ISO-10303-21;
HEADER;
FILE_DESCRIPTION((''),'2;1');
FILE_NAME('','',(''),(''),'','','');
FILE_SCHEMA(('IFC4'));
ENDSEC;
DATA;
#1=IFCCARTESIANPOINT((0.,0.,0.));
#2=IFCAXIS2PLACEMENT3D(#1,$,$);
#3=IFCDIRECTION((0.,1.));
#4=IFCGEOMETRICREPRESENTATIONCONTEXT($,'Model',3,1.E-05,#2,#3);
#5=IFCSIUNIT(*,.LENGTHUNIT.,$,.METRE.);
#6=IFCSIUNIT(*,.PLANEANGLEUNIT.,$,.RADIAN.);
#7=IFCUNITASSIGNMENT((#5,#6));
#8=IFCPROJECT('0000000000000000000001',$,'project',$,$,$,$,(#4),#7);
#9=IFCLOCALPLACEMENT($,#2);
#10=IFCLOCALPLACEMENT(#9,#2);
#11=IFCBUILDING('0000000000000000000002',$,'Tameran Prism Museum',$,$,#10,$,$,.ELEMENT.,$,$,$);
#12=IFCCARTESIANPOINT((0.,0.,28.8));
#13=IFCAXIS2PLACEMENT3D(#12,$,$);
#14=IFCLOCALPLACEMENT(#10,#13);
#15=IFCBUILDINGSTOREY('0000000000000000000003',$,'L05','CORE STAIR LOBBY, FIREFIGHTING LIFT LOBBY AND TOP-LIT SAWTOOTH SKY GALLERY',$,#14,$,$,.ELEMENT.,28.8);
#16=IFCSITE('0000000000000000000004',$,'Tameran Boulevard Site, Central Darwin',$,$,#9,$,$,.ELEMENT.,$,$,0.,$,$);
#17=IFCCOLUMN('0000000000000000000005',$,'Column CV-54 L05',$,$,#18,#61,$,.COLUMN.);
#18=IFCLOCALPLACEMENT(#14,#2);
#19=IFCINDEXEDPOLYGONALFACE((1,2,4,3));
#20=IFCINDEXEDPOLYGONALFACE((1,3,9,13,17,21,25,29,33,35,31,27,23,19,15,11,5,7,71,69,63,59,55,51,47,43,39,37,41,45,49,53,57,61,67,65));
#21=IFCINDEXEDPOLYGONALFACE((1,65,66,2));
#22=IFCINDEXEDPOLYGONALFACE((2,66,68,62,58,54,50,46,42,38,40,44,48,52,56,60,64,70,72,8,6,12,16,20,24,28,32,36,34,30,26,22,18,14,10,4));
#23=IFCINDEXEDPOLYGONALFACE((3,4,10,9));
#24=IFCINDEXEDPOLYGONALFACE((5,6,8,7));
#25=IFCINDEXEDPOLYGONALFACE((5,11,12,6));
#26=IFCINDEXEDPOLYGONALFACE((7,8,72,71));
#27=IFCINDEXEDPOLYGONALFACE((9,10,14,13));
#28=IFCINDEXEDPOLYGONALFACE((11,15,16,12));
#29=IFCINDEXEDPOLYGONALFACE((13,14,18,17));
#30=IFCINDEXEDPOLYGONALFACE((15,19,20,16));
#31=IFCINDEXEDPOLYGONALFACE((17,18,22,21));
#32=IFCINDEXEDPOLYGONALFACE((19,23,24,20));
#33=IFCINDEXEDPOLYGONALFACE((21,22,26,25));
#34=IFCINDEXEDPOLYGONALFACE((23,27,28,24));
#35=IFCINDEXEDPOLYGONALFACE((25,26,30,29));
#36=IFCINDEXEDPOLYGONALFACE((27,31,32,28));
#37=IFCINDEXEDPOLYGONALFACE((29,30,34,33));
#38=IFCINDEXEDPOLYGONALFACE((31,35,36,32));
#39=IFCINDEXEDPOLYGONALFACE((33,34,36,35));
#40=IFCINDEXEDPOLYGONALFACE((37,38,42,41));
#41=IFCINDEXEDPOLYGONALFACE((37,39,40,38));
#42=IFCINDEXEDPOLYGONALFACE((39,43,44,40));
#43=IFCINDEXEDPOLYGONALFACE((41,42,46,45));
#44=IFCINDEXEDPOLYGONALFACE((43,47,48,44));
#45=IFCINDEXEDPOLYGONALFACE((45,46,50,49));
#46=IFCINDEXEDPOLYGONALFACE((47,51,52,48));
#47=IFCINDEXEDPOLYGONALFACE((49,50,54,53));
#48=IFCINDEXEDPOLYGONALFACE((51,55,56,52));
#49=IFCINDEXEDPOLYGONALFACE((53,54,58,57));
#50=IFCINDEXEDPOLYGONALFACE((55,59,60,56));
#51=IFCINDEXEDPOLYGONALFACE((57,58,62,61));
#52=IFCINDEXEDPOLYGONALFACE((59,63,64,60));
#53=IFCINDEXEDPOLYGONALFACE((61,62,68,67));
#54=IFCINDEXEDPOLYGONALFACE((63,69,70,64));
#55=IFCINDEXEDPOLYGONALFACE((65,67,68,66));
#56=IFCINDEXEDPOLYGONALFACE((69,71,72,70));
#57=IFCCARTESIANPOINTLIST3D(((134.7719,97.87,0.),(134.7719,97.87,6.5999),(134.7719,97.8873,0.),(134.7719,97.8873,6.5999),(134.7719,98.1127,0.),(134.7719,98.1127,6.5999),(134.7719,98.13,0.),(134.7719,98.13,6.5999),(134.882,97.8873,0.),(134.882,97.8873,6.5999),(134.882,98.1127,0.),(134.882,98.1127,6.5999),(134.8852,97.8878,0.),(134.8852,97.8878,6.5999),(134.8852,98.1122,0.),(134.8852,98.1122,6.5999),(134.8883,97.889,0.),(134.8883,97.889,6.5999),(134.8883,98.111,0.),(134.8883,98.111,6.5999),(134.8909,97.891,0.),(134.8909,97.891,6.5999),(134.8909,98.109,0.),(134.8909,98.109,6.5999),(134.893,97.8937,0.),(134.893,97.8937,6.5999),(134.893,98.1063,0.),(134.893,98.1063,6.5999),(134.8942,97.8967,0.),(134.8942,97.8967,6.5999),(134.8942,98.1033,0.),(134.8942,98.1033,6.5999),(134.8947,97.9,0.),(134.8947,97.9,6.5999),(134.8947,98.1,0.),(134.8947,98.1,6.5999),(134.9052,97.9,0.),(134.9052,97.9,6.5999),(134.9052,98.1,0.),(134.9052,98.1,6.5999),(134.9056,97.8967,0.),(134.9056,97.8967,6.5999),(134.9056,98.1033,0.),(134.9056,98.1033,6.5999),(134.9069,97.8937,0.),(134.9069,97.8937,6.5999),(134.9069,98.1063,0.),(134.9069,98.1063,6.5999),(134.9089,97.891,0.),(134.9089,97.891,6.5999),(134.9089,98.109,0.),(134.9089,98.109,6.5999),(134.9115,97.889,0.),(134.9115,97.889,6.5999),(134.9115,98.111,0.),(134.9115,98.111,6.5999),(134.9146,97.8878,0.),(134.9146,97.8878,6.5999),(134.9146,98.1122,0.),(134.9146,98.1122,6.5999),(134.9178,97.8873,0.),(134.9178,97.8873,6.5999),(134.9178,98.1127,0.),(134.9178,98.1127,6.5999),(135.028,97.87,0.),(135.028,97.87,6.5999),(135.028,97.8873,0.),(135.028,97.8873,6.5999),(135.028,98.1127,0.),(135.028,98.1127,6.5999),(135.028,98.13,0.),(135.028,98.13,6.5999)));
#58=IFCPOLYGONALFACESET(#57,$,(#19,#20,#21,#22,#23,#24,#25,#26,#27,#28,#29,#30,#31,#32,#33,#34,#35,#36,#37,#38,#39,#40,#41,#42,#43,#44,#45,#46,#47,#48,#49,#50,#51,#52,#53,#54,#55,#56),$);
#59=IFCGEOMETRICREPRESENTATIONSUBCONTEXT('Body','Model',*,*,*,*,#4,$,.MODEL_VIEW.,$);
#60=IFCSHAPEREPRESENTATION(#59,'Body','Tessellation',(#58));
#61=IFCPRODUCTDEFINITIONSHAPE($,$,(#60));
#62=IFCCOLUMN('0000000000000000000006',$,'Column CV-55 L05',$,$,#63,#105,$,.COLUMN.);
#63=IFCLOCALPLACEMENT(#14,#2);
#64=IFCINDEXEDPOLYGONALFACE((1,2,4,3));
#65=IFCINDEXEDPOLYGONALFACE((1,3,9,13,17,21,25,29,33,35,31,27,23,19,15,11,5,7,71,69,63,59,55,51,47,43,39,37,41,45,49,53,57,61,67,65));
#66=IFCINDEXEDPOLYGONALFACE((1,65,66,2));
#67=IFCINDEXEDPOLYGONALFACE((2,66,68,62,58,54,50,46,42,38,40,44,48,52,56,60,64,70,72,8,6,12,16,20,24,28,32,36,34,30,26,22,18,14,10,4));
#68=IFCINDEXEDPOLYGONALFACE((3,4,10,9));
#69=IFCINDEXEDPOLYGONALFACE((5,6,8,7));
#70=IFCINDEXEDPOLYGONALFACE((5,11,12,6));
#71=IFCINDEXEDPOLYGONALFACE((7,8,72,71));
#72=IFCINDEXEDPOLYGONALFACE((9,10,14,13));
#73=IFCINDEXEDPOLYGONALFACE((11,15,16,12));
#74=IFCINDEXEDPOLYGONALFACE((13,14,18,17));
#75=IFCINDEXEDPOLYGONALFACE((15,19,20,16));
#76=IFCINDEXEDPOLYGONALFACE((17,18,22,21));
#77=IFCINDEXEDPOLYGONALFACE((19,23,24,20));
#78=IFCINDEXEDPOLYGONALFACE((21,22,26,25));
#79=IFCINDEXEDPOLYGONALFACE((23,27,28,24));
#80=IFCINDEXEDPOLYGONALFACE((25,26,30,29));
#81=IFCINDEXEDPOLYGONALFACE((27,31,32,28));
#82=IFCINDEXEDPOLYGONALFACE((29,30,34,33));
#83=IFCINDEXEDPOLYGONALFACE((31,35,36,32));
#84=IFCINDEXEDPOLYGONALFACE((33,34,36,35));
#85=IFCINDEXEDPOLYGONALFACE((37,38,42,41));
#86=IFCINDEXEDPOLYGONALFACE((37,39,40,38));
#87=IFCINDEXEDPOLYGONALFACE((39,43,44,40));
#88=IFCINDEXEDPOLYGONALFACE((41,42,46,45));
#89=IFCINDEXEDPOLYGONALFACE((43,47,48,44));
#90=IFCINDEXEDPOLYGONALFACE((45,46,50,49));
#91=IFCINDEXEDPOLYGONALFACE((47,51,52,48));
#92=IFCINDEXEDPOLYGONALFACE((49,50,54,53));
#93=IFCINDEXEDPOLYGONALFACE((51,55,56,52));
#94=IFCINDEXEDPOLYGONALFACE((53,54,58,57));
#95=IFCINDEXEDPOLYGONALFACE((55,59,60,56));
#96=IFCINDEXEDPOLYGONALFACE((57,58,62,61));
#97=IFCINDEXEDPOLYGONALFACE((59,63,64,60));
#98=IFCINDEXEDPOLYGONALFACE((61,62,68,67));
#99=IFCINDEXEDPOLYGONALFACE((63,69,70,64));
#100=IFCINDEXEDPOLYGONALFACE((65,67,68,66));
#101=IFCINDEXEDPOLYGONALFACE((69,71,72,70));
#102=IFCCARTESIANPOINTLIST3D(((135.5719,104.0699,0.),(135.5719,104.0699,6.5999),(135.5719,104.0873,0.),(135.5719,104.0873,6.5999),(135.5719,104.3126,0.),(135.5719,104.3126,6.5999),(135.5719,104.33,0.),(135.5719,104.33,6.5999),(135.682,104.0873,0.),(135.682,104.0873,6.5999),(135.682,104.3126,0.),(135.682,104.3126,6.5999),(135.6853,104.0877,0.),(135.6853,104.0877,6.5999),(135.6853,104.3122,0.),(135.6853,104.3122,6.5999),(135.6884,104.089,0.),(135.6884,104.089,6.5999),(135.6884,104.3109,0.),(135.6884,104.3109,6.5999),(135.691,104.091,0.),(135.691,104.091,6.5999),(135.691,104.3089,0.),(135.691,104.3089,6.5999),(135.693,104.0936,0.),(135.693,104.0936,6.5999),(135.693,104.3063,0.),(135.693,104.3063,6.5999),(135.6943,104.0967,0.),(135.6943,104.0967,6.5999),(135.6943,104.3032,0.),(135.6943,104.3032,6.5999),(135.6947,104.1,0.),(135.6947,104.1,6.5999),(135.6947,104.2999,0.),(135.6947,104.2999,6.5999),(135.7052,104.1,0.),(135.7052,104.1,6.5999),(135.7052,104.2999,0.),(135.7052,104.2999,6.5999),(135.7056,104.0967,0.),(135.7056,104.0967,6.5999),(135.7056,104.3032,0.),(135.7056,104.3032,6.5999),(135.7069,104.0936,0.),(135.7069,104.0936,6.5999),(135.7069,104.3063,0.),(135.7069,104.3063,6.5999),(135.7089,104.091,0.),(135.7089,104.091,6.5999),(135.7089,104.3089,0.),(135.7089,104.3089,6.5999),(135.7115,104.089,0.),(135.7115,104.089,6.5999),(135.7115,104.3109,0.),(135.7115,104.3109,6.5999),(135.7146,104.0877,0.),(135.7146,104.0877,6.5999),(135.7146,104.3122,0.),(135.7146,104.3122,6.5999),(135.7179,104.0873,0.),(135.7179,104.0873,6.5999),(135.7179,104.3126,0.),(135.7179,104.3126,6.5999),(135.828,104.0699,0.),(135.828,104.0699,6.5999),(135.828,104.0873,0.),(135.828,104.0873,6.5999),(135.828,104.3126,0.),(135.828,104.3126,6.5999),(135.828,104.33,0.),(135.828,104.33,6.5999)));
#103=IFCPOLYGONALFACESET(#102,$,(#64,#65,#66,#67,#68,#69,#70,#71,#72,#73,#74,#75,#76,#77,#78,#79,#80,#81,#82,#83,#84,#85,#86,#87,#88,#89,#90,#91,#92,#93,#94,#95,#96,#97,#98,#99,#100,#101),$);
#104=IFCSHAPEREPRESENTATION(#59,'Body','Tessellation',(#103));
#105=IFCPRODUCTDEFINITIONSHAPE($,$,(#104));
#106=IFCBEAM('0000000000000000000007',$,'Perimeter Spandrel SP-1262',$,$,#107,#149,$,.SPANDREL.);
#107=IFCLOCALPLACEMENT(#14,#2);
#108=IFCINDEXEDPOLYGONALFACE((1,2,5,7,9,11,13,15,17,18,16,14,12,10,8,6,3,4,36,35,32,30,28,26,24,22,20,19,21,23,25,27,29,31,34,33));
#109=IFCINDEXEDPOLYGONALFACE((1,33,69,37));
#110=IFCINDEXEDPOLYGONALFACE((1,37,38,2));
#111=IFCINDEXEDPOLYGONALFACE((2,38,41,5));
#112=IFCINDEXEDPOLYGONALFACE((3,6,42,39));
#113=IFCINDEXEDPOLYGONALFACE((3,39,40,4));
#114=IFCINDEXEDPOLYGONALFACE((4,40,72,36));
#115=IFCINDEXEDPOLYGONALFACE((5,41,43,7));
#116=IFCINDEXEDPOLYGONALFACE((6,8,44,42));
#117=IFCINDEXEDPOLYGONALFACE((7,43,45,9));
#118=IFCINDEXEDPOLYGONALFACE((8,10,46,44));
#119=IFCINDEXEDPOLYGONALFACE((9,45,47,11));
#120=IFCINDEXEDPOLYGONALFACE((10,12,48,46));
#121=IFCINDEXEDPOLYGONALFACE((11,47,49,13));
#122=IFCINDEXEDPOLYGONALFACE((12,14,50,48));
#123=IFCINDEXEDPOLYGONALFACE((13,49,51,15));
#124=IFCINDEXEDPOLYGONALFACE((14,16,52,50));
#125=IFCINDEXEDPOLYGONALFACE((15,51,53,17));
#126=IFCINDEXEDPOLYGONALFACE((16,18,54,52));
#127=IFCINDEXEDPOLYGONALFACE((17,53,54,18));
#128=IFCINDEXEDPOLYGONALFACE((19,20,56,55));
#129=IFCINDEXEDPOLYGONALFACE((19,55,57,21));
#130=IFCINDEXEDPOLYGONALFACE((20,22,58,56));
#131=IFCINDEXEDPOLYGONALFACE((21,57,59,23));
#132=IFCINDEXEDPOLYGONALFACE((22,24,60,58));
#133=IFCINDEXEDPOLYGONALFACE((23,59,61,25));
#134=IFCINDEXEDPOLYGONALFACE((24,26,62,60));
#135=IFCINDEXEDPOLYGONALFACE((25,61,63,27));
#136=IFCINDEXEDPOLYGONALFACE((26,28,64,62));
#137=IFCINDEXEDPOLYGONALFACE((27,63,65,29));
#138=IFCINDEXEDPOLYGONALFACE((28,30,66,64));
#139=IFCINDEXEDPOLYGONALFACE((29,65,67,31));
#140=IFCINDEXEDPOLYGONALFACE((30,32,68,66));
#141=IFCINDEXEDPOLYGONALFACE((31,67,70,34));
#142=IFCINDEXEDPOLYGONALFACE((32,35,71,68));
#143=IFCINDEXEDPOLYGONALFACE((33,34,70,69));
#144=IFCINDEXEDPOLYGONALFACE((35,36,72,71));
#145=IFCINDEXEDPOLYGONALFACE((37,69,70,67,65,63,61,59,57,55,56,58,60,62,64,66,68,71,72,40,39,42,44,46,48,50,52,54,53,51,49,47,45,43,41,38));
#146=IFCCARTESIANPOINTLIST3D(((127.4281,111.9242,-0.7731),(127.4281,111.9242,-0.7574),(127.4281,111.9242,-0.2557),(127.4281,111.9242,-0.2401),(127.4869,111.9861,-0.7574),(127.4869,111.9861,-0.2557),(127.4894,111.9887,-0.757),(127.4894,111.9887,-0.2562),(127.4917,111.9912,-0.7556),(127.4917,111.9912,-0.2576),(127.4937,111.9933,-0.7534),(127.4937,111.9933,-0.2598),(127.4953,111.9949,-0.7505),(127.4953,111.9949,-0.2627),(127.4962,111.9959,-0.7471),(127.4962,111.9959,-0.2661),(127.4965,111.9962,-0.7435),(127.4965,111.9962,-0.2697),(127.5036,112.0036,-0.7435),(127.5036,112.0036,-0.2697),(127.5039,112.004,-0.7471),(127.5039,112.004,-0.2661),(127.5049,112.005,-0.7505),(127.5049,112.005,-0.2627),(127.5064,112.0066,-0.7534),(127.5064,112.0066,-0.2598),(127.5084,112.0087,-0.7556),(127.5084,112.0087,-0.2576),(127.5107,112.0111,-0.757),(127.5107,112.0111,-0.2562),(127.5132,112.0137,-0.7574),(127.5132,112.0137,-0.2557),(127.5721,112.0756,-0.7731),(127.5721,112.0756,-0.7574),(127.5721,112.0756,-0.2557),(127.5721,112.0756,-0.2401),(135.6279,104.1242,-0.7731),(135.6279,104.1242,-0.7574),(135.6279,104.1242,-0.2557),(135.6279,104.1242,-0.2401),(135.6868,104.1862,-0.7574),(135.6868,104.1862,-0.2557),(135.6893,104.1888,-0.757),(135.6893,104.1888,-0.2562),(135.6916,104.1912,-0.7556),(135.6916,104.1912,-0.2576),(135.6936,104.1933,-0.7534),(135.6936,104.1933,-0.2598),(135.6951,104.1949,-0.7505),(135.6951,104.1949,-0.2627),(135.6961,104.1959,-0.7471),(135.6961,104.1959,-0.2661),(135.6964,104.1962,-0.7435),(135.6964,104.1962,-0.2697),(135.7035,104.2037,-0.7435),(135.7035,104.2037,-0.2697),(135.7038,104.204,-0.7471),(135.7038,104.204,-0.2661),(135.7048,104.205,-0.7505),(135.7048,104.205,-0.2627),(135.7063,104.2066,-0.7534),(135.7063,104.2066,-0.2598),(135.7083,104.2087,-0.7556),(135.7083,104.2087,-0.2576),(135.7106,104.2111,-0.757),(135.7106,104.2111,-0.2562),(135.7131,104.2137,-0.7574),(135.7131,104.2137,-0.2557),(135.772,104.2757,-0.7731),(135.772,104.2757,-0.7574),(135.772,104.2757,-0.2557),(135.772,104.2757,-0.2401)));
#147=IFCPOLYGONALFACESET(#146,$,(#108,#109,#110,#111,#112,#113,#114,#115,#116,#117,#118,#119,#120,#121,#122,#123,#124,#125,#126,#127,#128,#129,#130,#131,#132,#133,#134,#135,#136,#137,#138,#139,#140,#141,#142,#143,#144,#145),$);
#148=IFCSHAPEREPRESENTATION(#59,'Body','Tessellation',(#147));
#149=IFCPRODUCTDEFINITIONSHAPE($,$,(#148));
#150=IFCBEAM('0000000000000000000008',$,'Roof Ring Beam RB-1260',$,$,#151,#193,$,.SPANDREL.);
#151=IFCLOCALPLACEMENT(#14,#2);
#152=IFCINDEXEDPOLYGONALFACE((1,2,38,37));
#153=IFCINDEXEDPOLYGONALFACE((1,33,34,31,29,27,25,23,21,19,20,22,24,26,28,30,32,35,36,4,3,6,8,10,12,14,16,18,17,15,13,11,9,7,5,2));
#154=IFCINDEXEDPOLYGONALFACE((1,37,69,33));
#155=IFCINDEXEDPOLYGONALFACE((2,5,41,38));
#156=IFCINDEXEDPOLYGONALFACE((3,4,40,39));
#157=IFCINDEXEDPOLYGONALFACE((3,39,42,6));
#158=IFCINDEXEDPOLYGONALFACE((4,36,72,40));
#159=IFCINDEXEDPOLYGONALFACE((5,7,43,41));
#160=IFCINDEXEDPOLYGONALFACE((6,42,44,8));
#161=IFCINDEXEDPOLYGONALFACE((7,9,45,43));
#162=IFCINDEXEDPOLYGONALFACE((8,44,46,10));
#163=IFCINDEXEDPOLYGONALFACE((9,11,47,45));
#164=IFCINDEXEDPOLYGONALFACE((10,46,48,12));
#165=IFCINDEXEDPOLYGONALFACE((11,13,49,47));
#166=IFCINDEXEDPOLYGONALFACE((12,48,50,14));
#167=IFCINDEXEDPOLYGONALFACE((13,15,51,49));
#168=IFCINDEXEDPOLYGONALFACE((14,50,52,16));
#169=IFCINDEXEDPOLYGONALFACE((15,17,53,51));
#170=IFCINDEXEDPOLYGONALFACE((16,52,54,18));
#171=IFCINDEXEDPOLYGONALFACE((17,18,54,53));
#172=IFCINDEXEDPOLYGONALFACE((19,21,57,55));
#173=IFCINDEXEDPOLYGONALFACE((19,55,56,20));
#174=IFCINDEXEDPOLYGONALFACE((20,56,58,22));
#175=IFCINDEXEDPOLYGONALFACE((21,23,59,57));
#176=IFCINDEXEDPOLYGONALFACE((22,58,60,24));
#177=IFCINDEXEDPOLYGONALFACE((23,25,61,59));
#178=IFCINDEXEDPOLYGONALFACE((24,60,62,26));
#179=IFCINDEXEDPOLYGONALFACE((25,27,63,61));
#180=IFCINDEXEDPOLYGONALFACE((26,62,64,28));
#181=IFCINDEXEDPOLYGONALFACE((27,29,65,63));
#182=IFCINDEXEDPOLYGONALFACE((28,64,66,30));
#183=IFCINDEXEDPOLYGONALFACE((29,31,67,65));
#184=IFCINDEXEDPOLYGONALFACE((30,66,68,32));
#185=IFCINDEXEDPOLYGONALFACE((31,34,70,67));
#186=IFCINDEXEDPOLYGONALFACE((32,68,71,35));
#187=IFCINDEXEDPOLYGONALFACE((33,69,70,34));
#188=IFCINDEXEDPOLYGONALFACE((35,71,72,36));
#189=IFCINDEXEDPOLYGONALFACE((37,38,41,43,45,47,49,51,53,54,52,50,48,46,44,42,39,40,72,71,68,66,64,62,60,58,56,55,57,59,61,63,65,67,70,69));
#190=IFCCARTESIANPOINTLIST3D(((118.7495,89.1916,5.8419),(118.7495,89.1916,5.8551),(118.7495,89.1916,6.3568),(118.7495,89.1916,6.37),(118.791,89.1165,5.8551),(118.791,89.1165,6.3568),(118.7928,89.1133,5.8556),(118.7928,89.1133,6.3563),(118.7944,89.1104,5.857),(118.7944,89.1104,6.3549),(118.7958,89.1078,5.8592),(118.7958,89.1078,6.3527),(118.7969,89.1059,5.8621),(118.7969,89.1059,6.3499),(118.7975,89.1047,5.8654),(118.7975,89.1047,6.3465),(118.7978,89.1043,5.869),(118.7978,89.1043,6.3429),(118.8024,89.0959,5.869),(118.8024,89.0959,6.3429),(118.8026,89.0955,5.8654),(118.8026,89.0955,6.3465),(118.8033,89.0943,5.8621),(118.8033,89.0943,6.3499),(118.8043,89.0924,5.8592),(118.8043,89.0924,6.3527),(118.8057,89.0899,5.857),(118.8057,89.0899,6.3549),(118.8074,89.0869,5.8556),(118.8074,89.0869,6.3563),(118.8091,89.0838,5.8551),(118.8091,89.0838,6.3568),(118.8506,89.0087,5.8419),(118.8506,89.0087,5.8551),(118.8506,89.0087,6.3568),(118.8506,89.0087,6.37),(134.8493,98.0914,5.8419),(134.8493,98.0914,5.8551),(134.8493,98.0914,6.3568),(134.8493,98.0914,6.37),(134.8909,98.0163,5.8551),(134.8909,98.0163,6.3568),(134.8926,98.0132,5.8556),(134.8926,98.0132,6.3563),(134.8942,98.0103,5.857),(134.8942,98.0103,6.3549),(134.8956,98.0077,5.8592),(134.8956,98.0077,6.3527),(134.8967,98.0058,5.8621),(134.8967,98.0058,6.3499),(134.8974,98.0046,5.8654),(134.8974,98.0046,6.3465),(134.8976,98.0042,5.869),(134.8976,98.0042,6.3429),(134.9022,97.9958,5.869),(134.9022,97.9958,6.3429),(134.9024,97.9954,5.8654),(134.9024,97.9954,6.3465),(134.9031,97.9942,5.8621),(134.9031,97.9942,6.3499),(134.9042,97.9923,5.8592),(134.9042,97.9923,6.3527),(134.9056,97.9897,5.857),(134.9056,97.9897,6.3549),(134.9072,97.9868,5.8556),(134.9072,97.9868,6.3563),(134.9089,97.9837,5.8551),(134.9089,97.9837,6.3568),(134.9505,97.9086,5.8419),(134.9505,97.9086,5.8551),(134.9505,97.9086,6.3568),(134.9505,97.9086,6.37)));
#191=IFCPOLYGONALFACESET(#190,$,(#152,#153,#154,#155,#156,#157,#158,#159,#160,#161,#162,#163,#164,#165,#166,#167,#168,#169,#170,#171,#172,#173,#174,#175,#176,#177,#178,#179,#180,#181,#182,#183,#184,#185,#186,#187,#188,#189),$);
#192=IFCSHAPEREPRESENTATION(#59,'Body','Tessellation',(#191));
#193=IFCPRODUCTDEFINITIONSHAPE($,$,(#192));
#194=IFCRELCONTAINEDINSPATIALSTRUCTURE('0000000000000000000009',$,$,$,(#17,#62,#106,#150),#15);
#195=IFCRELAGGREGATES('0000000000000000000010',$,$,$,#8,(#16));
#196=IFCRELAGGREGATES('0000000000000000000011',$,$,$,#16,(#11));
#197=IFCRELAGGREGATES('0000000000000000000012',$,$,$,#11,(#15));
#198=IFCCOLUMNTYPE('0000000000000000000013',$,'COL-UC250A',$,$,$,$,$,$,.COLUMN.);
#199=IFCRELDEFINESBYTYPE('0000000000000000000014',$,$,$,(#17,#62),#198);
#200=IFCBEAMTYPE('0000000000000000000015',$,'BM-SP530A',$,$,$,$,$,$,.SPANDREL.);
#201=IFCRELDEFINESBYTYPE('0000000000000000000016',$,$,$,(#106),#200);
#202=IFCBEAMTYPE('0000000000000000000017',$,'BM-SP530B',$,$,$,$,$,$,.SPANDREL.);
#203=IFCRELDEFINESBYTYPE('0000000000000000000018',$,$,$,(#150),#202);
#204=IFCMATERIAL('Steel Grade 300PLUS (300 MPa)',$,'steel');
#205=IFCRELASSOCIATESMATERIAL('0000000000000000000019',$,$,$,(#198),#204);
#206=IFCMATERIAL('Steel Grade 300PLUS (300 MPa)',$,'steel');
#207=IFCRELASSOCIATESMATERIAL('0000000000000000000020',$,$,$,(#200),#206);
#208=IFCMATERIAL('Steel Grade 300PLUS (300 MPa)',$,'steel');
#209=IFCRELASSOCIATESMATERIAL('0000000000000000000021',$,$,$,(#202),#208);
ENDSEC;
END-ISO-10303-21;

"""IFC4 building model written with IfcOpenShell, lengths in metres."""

from ifc_helpers import new_model, si_unit, direction, frame, origin, origin_2d, place, context, subcontext, project, spatial, i_section, extrude, material, material_profile, profile_set, type_object, element, save


model = new_model("IFC4")

# Units and contexts
model_context = context("Model", 3, precision=1e-05, world=origin(), true_north=direction((0.0, 1.0)))
body_context = subcontext(model_context, "Body", "Model", "MODEL_VIEW")
ifc_project = project(units=[si_unit("LENGTHUNIT", "METRE"), si_unit("PLANEANGLEUNIT", "RADIAN")], contexts=[model_context])

# Site, building, storey
site_placement = place(None, origin())
site = spatial("IfcSite", under=ifc_project, at=site_placement, Name="Tameran Boulevard Site, Central Darwin", CompositionType="ELEMENT", RefElevation=0.0)
building_placement = place(site_placement, origin())
building = spatial("IfcBuilding", under=site, at=building_placement, Name="Tameran Prism Museum", CompositionType="ELEMENT")
storey_placement = place(building_placement, frame((0.0, 0.0, 28.8)))
storey = spatial("IfcBuildingStorey", under=building, at=storey_placement, Name="L05", Description="CORE STAIR LOBBY, FIREFIGHTING LIFT LOBBY AND TOP-LIT SAWTOOTH SKY GALLERY", CompositionType="ELEMENT", Elevation=28.8)

# Columns
ifc_material_1 = material(Name="Steel Grade 300PLUS (300 MPa)", Category="steel")
ifc_material_profile_1 = material_profile(ifc_material_1, i_section(OverallWidth=0.2561, OverallDepth=0.26, WebThickness=0.0105, FlangeThickness=0.0173, FilletRadius=0.0127, at=origin_2d()))
ifc_profile_set_1 = profile_set([ifc_material_profile_1])
column_type = type_object("IfcColumnType", Name="COL-UC250A", PredefinedType="COLUMN", material=ifc_profile_set_1)
for number, where, z_axis, x_axis, name in (
    (1, (134.8999, 98.0, 0.0), (0.0, 0.0, 1.0), (1.0, 0.0, 0.0), "Column CV-54 L05"),
    (2, (135.7, 104.2, 0.0), (0.0, 0.0, 1.0), (1.0, 0.0, 0.0), "Column CV-55 L05"),
):
    element("IfcColumn", number, at=place(storey_placement, frame(where, z_axis=z_axis, x_axis=x_axis)), inside=storey, type_object=column_type, Name=name, PredefinedType="COLUMN", context=body_context, shape_type="SweptSolid", body=[
        extrude(i_section(OverallWidth=0.2561, OverallDepth=0.26, WebThickness=0.0105, FlangeThickness=0.0173, FilletRadius=0.0127, at=origin_2d()), origin(), (0.0, 0.0, 1.0), 6.5999),
    ])

# Beams
ifc_material_2 = material(Name="Steel Grade 300PLUS (300 MPa)", Category="steel")
ifc_material_profile_2 = material_profile(ifc_material_2, i_section(OverallWidth=0.209, OverallDepth=0.533, WebThickness=0.0103, FlangeThickness=0.0156, FilletRadius=0.0139, at=origin_2d()))
ifc_profile_set_2 = profile_set([ifc_material_profile_2])
beam_type_1 = type_object("IfcBeamType", Name="BM-SP530A", PredefinedType="SPANDREL", material=ifc_profile_set_2)
beam_1_placement = place(storey_placement, frame((135.7, 104.2, -0.5066), z_axis=(-0.724554, 0.689218, 0.0), x_axis=(-0.689218, -0.724554, 0.0)))
element("IfcBeam", 3, at=beam_1_placement, inside=storey, type_object=beam_type_1, Name="Perimeter Spandrel SP-1262", PredefinedType="SPANDREL", context=body_context, shape_type="SweptSolid", body=[
    extrude(i_section(OverallWidth=0.209, OverallDepth=0.533, WebThickness=0.0103, FlangeThickness=0.0156, FilletRadius=0.0139, at=origin_2d()), origin(), (0.0, 0.0, 1.0), 11.3171),
])
ifc_material_3 = material(Name="Steel Grade 300PLUS (300 MPa)", Category="steel")
ifc_material_profile_3 = material_profile(ifc_material_3, i_section(OverallWidth=0.209, OverallDepth=0.5281, WebThickness=0.0095, FlangeThickness=0.0132, FilletRadius=0.0139, at=origin_2d()))
ifc_profile_set_3 = profile_set([ifc_material_profile_3])
beam_type_2 = type_object("IfcBeamType", Name="BM-SP530B", PredefinedType="SPANDREL", material=ifc_profile_set_3)
beam_2_placement = place(storey_placement, frame((134.8999, 98.0, 6.106), z_axis=(-0.875181, -0.483795, 0.0), x_axis=(0.483795, -0.875181, 0.0)))
element("IfcBeam", 4, at=beam_2_placement, inside=storey, type_object=beam_type_2, Name="Roof Ring Beam RB-1260", PredefinedType="SPANDREL", context=body_context, shape_type="SweptSolid", body=[
    extrude(i_section(OverallWidth=0.209, OverallDepth=0.5281, WebThickness=0.0095, FlangeThickness=0.0132, FilletRadius=0.0139, at=origin_2d()), origin(), (0.0, 0.0, 1.0), 18.396),
])

save(model, "model.ifc")
